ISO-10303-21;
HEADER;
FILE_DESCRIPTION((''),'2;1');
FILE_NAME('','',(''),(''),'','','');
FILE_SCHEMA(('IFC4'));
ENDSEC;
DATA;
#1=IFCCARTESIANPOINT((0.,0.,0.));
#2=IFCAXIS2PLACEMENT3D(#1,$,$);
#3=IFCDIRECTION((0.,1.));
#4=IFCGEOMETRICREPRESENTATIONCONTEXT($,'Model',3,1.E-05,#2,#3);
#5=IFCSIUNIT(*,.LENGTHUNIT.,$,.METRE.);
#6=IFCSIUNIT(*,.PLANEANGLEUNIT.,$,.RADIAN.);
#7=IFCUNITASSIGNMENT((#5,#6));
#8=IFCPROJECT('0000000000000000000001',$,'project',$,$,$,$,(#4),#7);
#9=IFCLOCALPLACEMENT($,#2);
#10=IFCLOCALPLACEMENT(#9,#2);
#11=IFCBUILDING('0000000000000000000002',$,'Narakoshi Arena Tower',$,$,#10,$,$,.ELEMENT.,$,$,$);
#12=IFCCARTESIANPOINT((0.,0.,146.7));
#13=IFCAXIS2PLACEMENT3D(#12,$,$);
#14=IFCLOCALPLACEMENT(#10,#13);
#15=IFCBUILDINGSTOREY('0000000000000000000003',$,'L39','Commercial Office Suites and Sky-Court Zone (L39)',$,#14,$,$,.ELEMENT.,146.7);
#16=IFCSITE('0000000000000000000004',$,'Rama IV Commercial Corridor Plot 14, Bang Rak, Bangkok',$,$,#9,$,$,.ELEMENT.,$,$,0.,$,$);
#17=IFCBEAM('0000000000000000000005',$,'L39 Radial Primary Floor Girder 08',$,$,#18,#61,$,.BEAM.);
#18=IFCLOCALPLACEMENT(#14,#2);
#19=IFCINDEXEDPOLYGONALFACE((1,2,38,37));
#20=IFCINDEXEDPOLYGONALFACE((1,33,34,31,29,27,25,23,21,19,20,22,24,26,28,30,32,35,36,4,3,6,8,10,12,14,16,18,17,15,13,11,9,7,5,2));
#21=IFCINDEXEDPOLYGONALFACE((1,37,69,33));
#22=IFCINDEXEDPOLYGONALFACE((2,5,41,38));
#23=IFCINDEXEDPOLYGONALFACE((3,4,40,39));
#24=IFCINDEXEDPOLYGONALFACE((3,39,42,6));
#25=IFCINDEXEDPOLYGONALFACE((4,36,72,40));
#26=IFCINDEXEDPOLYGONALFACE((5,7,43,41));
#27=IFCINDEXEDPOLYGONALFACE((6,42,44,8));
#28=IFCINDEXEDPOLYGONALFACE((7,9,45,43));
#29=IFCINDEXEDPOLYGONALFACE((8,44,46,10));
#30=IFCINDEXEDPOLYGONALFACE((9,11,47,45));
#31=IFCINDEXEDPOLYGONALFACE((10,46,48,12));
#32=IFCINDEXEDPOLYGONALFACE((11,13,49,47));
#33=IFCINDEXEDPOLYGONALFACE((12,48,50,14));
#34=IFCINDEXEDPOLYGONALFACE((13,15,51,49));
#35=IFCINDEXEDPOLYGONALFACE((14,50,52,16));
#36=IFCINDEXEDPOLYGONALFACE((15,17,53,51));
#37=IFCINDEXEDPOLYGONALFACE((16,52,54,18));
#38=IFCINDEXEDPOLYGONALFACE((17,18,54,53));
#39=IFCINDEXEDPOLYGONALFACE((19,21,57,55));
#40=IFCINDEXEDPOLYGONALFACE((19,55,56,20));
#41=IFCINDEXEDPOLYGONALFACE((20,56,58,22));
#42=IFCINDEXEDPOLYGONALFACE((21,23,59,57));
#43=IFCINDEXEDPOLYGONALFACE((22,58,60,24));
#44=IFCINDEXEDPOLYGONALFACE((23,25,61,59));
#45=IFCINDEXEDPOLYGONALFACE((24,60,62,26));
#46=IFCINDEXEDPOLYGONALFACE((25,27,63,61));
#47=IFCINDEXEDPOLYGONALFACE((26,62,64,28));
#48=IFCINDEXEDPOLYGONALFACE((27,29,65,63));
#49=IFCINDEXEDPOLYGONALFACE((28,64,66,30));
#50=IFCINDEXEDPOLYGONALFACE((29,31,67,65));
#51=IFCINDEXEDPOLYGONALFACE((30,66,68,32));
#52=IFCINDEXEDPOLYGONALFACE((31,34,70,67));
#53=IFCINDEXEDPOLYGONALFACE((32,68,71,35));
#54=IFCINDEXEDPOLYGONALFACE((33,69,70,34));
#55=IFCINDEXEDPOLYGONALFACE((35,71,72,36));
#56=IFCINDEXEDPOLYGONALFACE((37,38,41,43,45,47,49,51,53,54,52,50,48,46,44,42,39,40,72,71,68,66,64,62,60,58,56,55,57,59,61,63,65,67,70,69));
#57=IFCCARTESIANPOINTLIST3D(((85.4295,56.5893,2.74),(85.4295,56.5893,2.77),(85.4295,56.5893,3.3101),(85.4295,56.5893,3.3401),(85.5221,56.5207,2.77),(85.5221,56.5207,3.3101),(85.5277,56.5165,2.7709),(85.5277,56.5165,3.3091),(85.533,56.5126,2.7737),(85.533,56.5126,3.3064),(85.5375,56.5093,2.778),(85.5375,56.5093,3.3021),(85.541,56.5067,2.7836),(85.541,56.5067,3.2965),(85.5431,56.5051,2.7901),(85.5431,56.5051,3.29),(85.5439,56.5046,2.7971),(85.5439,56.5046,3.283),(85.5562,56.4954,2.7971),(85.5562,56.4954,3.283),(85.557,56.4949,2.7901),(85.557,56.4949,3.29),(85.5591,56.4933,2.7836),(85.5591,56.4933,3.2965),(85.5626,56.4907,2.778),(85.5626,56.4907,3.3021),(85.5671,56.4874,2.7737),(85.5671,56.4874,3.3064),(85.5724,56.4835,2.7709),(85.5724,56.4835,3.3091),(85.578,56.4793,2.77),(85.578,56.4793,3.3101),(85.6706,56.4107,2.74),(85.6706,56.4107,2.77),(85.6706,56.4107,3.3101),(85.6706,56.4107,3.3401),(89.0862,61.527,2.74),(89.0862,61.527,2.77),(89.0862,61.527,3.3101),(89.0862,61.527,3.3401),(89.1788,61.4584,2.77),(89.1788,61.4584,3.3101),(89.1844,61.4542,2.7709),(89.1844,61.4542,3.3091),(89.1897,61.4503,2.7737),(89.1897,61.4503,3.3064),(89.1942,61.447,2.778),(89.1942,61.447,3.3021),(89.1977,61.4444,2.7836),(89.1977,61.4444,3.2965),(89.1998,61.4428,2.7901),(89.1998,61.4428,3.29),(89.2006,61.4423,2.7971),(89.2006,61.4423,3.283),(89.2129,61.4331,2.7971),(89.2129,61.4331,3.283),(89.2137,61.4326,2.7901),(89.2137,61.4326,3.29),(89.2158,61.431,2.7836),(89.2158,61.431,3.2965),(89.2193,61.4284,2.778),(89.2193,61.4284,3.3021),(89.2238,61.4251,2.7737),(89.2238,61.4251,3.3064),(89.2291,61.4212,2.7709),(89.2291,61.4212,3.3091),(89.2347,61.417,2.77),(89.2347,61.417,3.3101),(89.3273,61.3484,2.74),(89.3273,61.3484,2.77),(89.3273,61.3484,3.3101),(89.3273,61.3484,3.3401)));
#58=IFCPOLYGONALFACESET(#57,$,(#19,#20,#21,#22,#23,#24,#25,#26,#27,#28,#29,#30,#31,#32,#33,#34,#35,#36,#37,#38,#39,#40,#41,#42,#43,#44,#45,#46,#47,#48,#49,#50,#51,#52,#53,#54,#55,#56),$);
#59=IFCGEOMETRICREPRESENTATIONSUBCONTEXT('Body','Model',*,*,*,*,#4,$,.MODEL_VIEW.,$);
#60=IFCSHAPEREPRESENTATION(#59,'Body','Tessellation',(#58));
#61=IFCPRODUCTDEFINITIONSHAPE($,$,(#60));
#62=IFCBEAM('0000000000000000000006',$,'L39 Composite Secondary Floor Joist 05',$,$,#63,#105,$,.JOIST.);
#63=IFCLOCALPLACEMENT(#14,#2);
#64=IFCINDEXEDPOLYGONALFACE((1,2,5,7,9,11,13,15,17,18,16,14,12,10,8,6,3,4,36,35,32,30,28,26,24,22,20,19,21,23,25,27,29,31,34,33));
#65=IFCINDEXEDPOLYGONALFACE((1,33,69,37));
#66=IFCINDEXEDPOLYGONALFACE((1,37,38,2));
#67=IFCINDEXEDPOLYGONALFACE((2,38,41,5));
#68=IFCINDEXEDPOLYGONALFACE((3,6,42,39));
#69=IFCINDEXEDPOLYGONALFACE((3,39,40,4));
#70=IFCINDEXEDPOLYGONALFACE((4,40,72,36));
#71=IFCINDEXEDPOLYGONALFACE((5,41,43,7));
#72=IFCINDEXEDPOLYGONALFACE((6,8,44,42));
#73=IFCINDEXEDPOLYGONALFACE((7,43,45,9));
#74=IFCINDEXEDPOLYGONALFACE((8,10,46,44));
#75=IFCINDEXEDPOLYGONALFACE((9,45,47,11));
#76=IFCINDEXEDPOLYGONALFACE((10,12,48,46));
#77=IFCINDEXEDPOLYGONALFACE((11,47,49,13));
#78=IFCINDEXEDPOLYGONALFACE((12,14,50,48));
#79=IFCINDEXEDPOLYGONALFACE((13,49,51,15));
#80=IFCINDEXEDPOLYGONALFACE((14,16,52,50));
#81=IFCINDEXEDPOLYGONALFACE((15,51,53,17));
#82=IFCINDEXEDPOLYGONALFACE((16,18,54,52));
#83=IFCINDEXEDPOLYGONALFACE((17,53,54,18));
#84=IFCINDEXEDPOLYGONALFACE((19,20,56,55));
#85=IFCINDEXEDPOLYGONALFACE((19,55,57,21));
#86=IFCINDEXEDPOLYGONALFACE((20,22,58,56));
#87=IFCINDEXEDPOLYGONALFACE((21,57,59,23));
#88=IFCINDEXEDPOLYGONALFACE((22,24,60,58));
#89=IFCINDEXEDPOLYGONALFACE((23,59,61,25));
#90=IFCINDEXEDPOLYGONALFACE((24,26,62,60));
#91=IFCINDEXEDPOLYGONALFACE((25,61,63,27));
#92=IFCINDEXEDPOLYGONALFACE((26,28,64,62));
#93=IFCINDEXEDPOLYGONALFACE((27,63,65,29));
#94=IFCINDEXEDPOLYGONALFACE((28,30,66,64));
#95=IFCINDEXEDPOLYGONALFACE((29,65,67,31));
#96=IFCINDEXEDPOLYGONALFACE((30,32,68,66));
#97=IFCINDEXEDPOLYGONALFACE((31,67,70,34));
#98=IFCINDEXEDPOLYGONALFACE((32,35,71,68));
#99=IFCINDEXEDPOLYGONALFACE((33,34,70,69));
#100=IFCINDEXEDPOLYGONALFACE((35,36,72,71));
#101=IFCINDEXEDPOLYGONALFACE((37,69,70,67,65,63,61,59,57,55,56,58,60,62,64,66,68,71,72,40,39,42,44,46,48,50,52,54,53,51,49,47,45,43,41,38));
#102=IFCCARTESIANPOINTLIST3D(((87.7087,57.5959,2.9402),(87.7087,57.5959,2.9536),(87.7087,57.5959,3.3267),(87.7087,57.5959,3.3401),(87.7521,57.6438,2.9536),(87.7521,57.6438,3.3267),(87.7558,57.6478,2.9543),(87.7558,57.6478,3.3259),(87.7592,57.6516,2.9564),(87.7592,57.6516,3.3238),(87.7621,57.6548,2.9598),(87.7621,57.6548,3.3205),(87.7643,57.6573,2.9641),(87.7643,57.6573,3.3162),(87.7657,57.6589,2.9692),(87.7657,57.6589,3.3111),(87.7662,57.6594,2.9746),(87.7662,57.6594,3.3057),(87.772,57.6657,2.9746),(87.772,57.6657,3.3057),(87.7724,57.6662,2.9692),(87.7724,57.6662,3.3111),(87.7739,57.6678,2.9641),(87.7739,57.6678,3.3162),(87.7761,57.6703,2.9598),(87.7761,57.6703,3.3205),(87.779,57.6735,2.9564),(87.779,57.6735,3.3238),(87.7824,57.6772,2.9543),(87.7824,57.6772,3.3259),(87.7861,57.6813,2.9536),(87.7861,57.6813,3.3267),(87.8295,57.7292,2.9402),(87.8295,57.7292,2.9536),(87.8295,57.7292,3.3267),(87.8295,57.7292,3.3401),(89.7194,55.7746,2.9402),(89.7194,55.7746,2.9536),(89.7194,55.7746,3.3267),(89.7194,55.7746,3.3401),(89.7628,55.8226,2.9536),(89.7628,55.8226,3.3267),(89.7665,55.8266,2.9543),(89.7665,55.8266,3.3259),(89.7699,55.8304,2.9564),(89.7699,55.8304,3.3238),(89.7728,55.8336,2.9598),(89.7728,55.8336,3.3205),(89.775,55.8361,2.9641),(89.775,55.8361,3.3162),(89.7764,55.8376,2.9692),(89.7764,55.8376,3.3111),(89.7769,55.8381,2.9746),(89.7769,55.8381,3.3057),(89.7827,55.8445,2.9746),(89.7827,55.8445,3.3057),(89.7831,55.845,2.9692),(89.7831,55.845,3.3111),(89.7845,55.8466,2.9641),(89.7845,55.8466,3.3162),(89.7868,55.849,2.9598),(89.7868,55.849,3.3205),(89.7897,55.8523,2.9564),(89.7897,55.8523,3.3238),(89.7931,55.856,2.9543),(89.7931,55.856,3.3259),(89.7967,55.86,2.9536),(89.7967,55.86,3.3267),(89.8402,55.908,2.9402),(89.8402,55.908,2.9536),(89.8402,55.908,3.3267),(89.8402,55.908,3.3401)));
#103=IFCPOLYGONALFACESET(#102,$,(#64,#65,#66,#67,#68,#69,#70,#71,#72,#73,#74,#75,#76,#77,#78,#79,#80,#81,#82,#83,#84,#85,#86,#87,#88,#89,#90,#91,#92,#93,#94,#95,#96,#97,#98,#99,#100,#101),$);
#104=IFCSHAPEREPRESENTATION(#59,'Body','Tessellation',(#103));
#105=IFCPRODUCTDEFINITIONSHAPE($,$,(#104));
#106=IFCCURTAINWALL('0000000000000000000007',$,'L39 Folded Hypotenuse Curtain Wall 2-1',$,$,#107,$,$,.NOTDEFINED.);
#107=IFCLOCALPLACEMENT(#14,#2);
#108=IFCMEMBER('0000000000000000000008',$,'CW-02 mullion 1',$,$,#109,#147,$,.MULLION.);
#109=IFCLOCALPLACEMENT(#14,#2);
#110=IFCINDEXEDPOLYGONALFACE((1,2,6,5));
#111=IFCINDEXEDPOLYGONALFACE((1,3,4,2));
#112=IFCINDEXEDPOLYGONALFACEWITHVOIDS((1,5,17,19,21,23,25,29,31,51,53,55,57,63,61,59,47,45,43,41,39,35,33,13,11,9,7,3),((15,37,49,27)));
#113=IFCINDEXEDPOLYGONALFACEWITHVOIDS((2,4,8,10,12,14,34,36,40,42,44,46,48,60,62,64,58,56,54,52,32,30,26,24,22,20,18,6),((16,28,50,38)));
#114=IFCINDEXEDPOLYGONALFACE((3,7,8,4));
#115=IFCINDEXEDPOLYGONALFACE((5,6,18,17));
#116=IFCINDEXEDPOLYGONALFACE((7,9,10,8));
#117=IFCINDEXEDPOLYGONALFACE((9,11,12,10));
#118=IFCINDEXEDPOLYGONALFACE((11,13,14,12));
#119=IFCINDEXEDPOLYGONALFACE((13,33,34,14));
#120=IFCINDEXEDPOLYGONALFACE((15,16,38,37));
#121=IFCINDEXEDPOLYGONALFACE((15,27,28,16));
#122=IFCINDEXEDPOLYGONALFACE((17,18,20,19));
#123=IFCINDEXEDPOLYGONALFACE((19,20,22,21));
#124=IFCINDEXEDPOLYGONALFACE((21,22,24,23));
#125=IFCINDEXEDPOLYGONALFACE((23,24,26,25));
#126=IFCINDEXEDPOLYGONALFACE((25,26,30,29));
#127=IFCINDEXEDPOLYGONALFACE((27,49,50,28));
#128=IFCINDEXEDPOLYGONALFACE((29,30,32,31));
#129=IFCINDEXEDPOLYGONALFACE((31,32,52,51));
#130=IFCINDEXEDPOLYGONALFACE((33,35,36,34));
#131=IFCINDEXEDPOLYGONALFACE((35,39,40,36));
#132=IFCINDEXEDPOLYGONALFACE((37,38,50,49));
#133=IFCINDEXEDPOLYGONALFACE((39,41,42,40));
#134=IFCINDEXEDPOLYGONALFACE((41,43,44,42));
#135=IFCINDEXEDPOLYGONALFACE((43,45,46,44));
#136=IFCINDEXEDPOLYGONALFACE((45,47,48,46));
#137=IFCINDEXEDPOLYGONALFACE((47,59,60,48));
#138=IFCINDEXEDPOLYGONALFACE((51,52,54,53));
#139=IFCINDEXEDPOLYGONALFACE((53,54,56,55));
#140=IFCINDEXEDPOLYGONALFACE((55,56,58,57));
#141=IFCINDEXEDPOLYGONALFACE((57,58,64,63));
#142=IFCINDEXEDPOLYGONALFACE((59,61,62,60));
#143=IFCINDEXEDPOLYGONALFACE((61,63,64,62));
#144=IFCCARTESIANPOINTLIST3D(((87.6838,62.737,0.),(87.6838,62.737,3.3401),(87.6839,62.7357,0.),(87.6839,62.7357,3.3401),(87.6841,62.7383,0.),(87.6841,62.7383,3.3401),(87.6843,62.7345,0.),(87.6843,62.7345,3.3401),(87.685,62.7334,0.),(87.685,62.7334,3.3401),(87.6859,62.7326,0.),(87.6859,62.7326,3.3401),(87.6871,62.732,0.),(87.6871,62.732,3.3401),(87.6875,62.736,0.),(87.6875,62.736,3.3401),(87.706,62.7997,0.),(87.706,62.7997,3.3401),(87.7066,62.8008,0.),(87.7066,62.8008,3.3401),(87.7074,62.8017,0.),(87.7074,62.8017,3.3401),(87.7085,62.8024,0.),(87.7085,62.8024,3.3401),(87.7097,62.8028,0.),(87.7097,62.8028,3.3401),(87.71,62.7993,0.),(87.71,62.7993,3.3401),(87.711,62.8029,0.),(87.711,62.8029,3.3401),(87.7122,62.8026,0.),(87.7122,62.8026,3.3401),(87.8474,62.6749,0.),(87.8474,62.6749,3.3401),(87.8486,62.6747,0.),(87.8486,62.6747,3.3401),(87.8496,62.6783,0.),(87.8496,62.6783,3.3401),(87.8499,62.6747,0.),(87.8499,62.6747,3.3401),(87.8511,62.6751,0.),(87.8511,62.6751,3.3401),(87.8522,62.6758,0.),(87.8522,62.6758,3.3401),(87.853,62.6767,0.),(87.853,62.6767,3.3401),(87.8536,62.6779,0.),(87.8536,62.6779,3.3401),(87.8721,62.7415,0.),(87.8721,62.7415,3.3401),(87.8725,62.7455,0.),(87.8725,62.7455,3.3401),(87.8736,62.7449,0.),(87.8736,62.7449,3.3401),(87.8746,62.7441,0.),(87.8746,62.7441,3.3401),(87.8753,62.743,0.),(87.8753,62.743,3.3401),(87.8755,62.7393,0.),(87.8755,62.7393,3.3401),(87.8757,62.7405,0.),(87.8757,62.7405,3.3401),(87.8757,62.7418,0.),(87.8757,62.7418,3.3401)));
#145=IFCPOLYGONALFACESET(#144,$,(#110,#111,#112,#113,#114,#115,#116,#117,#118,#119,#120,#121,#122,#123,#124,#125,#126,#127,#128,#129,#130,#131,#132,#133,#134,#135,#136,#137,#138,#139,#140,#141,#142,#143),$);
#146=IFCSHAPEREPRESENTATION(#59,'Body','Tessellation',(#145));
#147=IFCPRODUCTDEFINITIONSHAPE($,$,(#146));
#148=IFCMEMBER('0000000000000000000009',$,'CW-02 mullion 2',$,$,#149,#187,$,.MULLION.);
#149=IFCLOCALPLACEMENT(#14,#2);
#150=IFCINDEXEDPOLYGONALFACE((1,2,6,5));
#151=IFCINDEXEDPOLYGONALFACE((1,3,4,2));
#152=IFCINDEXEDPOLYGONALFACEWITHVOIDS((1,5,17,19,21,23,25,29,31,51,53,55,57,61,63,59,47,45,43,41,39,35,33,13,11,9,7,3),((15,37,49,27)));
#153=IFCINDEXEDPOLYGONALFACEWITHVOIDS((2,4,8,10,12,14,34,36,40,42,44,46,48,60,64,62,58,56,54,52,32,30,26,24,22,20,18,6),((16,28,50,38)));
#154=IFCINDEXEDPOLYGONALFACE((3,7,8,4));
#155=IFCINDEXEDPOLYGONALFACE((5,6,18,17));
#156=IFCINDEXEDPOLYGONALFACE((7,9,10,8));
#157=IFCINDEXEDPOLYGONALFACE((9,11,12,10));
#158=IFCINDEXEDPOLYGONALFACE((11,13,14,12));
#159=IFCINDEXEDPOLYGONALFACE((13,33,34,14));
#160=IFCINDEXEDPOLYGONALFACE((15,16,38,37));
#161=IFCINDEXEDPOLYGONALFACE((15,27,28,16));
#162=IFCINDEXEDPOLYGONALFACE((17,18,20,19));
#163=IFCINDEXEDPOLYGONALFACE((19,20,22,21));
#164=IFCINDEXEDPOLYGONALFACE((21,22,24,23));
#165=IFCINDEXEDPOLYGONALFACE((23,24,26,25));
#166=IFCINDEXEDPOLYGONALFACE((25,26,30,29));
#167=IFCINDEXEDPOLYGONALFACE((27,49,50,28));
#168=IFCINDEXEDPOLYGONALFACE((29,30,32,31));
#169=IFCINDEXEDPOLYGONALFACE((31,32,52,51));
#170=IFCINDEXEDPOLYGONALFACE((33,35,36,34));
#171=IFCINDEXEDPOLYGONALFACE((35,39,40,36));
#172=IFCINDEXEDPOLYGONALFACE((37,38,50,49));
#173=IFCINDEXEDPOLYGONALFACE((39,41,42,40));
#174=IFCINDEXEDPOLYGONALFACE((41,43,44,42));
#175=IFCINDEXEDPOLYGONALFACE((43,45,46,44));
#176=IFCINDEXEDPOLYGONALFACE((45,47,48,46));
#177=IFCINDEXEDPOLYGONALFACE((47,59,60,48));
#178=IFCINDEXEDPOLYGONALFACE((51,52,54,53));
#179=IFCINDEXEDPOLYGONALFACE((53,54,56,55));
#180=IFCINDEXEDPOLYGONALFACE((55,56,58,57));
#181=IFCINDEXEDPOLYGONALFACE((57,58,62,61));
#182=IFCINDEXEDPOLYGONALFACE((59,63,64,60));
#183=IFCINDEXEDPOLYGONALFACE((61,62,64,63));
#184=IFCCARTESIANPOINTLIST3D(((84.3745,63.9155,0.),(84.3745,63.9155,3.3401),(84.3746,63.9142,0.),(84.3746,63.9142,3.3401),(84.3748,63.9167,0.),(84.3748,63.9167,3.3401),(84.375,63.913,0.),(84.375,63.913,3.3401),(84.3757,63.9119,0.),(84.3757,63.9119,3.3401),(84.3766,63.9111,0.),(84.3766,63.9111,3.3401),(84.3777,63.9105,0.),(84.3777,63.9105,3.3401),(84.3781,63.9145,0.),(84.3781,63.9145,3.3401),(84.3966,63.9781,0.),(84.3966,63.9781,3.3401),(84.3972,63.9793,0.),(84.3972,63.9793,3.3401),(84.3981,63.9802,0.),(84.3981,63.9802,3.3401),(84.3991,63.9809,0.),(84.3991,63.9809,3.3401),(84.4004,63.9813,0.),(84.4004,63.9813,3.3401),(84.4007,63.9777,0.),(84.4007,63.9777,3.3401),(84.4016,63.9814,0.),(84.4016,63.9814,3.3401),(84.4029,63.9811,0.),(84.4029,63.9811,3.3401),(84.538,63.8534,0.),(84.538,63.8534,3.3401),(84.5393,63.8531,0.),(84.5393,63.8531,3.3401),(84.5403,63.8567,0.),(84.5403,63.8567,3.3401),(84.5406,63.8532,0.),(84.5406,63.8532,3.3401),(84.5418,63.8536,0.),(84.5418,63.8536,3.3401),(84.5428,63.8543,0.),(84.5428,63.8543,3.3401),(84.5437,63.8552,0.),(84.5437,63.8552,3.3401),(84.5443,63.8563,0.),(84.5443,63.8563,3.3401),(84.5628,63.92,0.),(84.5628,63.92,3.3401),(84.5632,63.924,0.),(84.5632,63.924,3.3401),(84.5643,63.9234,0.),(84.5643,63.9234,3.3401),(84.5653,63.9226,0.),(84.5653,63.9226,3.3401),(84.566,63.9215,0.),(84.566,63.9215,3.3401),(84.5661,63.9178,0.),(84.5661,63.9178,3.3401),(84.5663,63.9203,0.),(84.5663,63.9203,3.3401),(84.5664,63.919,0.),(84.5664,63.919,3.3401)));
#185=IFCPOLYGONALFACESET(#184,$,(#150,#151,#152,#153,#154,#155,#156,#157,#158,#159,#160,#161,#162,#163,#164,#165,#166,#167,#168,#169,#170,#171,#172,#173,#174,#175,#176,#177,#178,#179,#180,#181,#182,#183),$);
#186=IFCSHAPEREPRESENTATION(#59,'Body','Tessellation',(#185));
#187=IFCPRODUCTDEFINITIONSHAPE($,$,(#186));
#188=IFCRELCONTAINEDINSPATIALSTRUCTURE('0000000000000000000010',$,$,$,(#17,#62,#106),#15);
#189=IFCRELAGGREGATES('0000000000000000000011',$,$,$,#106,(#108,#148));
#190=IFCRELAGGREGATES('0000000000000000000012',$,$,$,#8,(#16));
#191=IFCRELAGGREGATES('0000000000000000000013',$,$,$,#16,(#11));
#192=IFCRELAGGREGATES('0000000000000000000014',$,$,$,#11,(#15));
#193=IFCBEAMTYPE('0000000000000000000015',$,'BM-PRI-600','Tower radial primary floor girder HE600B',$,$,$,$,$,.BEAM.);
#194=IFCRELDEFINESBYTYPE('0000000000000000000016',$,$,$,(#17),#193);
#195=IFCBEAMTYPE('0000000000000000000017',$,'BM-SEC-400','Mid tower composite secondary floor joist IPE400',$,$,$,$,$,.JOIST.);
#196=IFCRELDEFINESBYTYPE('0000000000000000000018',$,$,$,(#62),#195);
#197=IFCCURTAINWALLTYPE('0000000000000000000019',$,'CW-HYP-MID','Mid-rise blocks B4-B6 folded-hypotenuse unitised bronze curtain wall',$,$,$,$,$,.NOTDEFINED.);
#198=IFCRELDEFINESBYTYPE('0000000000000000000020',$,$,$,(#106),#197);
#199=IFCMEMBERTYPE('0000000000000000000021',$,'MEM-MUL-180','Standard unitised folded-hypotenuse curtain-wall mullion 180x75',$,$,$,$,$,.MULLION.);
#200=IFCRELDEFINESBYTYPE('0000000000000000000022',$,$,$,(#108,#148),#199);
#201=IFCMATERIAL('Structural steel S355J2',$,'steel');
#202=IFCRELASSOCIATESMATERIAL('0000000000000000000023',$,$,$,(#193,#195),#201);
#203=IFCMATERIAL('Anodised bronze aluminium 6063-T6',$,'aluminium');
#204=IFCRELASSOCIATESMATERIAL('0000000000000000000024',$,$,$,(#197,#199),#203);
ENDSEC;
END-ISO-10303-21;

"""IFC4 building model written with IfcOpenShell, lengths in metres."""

from ifc_helpers import new_model, si_unit, direction, frame, origin, origin_2d, place, context, subcontext, project, spatial, hollow_rectangle, i_section, extrude, material, material_profile, profile_set, type_object, element, aggregate, save


model = new_model("IFC4")

# Units and contexts
model_context = context("Model", 3, precision=1e-05, world=origin(), true_north=direction((0.0, 1.0)))
body_context = subcontext(model_context, "Body", "Model", "MODEL_VIEW")
ifc_project = project(units=[si_unit("LENGTHUNIT", "METRE"), si_unit("PLANEANGLEUNIT", "RADIAN")], contexts=[model_context])

# Site, building, storey
site_placement = place(None, origin())
site = spatial("IfcSite", under=ifc_project, at=site_placement, Name="Rama IV Commercial Corridor Plot 14, Bang Rak, Bangkok", CompositionType="ELEMENT", RefElevation=0.0)
building_placement = place(site_placement, origin())
building = spatial("IfcBuilding", under=site, at=building_placement, Name="Narakoshi Arena Tower", CompositionType="ELEMENT")
storey_placement = place(building_placement, frame((0.0, 0.0, 146.7)))
storey = spatial("IfcBuildingStorey", under=building, at=storey_placement, Name="L39", Description="Commercial Office Suites and Sky-Court Zone (L39)", CompositionType="ELEMENT", Elevation=146.7)

# Beams
ifc_material_1 = material(Name="Structural steel S355J2", Category="steel")
ifc_material_profile_1 = material_profile(ifc_material_1, i_section(OverallWidth=0.3, OverallDepth=0.6001, WebThickness=0.0154, FlangeThickness=0.03, FilletRadius=0.0271, at=origin_2d()), Name="HE600B")
ifc_profile_set_1 = profile_set([ifc_material_profile_1], Name="Structural steel S355J2")
beam_type_1 = type_object("IfcBeamType", Name="BM-PRI-600", Description="Tower radial primary floor girder HE600B", PredefinedType="BEAM", material=ifc_profile_set_1)
beam_1_placement = place(storey_placement, frame((85.55, 56.5, 3.04), z_axis=(0.595138, 0.803623, 0.0), x_axis=(-0.803623, 0.595138, 0.0)))
element("IfcBeam", 1, at=beam_1_placement, inside=storey, type_object=beam_type_1, Name="L39 Radial Primary Floor Girder 08", PredefinedType="BEAM", context=body_context, shape_type="SweptSolid", body=[
    extrude(i_section(OverallWidth=0.3, OverallDepth=0.6001, WebThickness=0.0154, FlangeThickness=0.03, FilletRadius=0.0271, at=origin_2d()), origin(), (0.0, 0.0, 1.0), 6.1443),
])
ifc_material_profile_2 = material_profile(ifc_material_1, i_section(OverallWidth=0.1799, OverallDepth=0.3999, WebThickness=0.0085, FlangeThickness=0.0134, FilletRadius=0.021, at=origin_2d()), Name="IPE400")
ifc_profile_set_2 = profile_set([ifc_material_profile_2], Name="Structural steel S355J2")
beam_type_2 = type_object("IfcBeamType", Name="BM-SEC-400", Description="Mid tower composite secondary floor joist IPE400", PredefinedType="JOIST", material=ifc_profile_set_2)
beam_2_placement = place(storey_placement, frame((89.7798, 55.8413, 3.1401), z_axis=(-0.74116, 0.671328, 0.0), x_axis=(-0.671328, -0.74116, 0.0)))
element("IfcBeam", 2, at=beam_2_placement, inside=storey, type_object=beam_type_2, Name="L39 Composite Secondary Floor Joist 05", PredefinedType="JOIST", context=body_context, shape_type="SweptSolid", body=[
    extrude(i_section(OverallWidth=0.1799, OverallDepth=0.3999, WebThickness=0.0085, FlangeThickness=0.0134, FilletRadius=0.021, at=origin_2d()), origin(), (0.0, 0.0, 1.0), 2.7129),
])

# Curtain wall, members
ifc_material_2 = material(Name="Anodised bronze aluminium 6063-T6", Category="aluminium")
curtain_wall_type = type_object("IfcCurtainWallType", Name="CW-HYP-MID", Description="Mid-rise blocks B4-B6 folded-hypotenuse unitised bronze curtain wall", PredefinedType="NOTDEFINED", material=ifc_material_2)
curtain_wall_placement = place(storey_placement, origin())
curtain_wall = element("IfcCurtainWall", 3, at=curtain_wall_placement, inside=storey, type_object=curtain_wall_type, Name="L39 Folded Hypotenuse Curtain Wall 2-1", PredefinedType="NOTDEFINED")
ifc_material_profile_3 = material_profile(ifc_material_2, hollow_rectangle(XDim=0.075, YDim=0.1799, WallThickness=0.0039, OuterFilletRadius=0.0049, at=origin_2d()), Name="MUL180x75x4")
ifc_profile_set_3 = profile_set([ifc_material_profile_3], Name="Anodised bronze aluminium 6063-T6")
member_type_1 = type_object("IfcMemberType", Name="MEM-MUL-180", Description="Standard unitised folded-hypotenuse curtain-wall mullion 180x75", PredefinedType="MULLION", material=ifc_profile_set_3)
member_1_placement = place(storey_placement, frame((87.7798, 62.7388, 0.0), z_axis=(0.0, 0.0, 1.0), x_axis=(-0.335518, -0.942034, 0.0)))
member_1 = element("IfcMember", 4, at=member_1_placement, type_object=member_type_1, Name="CW-02 mullion 1", PredefinedType="MULLION", context=body_context, shape_type="SweptSolid", body=[
    extrude(hollow_rectangle(XDim=0.075, YDim=0.1799, WallThickness=0.0039, OuterFilletRadius=0.0049, at=origin_2d()), origin(), (0.0, 0.0, 1.0), 3.3401),
])
member_2_placement = place(storey_placement, frame((84.4705, 63.9172, 0.0), z_axis=(0.0, 0.0, 1.0), x_axis=(-0.335518, -0.942034, 0.0)))
member_2 = element("IfcMember", 5, at=member_2_placement, type_object=member_type_1, Name="CW-02 mullion 2", PredefinedType="MULLION", context=body_context, shape_type="SweptSolid", body=[
    extrude(hollow_rectangle(XDim=0.075, YDim=0.1799, WallThickness=0.0039, OuterFilletRadius=0.0049, at=origin_2d()), origin(), (0.0, 0.0, 1.0), 3.3401),
])
aggregate(curtain_wall, [member_1, member_2])

save(model, "model.ifc")
